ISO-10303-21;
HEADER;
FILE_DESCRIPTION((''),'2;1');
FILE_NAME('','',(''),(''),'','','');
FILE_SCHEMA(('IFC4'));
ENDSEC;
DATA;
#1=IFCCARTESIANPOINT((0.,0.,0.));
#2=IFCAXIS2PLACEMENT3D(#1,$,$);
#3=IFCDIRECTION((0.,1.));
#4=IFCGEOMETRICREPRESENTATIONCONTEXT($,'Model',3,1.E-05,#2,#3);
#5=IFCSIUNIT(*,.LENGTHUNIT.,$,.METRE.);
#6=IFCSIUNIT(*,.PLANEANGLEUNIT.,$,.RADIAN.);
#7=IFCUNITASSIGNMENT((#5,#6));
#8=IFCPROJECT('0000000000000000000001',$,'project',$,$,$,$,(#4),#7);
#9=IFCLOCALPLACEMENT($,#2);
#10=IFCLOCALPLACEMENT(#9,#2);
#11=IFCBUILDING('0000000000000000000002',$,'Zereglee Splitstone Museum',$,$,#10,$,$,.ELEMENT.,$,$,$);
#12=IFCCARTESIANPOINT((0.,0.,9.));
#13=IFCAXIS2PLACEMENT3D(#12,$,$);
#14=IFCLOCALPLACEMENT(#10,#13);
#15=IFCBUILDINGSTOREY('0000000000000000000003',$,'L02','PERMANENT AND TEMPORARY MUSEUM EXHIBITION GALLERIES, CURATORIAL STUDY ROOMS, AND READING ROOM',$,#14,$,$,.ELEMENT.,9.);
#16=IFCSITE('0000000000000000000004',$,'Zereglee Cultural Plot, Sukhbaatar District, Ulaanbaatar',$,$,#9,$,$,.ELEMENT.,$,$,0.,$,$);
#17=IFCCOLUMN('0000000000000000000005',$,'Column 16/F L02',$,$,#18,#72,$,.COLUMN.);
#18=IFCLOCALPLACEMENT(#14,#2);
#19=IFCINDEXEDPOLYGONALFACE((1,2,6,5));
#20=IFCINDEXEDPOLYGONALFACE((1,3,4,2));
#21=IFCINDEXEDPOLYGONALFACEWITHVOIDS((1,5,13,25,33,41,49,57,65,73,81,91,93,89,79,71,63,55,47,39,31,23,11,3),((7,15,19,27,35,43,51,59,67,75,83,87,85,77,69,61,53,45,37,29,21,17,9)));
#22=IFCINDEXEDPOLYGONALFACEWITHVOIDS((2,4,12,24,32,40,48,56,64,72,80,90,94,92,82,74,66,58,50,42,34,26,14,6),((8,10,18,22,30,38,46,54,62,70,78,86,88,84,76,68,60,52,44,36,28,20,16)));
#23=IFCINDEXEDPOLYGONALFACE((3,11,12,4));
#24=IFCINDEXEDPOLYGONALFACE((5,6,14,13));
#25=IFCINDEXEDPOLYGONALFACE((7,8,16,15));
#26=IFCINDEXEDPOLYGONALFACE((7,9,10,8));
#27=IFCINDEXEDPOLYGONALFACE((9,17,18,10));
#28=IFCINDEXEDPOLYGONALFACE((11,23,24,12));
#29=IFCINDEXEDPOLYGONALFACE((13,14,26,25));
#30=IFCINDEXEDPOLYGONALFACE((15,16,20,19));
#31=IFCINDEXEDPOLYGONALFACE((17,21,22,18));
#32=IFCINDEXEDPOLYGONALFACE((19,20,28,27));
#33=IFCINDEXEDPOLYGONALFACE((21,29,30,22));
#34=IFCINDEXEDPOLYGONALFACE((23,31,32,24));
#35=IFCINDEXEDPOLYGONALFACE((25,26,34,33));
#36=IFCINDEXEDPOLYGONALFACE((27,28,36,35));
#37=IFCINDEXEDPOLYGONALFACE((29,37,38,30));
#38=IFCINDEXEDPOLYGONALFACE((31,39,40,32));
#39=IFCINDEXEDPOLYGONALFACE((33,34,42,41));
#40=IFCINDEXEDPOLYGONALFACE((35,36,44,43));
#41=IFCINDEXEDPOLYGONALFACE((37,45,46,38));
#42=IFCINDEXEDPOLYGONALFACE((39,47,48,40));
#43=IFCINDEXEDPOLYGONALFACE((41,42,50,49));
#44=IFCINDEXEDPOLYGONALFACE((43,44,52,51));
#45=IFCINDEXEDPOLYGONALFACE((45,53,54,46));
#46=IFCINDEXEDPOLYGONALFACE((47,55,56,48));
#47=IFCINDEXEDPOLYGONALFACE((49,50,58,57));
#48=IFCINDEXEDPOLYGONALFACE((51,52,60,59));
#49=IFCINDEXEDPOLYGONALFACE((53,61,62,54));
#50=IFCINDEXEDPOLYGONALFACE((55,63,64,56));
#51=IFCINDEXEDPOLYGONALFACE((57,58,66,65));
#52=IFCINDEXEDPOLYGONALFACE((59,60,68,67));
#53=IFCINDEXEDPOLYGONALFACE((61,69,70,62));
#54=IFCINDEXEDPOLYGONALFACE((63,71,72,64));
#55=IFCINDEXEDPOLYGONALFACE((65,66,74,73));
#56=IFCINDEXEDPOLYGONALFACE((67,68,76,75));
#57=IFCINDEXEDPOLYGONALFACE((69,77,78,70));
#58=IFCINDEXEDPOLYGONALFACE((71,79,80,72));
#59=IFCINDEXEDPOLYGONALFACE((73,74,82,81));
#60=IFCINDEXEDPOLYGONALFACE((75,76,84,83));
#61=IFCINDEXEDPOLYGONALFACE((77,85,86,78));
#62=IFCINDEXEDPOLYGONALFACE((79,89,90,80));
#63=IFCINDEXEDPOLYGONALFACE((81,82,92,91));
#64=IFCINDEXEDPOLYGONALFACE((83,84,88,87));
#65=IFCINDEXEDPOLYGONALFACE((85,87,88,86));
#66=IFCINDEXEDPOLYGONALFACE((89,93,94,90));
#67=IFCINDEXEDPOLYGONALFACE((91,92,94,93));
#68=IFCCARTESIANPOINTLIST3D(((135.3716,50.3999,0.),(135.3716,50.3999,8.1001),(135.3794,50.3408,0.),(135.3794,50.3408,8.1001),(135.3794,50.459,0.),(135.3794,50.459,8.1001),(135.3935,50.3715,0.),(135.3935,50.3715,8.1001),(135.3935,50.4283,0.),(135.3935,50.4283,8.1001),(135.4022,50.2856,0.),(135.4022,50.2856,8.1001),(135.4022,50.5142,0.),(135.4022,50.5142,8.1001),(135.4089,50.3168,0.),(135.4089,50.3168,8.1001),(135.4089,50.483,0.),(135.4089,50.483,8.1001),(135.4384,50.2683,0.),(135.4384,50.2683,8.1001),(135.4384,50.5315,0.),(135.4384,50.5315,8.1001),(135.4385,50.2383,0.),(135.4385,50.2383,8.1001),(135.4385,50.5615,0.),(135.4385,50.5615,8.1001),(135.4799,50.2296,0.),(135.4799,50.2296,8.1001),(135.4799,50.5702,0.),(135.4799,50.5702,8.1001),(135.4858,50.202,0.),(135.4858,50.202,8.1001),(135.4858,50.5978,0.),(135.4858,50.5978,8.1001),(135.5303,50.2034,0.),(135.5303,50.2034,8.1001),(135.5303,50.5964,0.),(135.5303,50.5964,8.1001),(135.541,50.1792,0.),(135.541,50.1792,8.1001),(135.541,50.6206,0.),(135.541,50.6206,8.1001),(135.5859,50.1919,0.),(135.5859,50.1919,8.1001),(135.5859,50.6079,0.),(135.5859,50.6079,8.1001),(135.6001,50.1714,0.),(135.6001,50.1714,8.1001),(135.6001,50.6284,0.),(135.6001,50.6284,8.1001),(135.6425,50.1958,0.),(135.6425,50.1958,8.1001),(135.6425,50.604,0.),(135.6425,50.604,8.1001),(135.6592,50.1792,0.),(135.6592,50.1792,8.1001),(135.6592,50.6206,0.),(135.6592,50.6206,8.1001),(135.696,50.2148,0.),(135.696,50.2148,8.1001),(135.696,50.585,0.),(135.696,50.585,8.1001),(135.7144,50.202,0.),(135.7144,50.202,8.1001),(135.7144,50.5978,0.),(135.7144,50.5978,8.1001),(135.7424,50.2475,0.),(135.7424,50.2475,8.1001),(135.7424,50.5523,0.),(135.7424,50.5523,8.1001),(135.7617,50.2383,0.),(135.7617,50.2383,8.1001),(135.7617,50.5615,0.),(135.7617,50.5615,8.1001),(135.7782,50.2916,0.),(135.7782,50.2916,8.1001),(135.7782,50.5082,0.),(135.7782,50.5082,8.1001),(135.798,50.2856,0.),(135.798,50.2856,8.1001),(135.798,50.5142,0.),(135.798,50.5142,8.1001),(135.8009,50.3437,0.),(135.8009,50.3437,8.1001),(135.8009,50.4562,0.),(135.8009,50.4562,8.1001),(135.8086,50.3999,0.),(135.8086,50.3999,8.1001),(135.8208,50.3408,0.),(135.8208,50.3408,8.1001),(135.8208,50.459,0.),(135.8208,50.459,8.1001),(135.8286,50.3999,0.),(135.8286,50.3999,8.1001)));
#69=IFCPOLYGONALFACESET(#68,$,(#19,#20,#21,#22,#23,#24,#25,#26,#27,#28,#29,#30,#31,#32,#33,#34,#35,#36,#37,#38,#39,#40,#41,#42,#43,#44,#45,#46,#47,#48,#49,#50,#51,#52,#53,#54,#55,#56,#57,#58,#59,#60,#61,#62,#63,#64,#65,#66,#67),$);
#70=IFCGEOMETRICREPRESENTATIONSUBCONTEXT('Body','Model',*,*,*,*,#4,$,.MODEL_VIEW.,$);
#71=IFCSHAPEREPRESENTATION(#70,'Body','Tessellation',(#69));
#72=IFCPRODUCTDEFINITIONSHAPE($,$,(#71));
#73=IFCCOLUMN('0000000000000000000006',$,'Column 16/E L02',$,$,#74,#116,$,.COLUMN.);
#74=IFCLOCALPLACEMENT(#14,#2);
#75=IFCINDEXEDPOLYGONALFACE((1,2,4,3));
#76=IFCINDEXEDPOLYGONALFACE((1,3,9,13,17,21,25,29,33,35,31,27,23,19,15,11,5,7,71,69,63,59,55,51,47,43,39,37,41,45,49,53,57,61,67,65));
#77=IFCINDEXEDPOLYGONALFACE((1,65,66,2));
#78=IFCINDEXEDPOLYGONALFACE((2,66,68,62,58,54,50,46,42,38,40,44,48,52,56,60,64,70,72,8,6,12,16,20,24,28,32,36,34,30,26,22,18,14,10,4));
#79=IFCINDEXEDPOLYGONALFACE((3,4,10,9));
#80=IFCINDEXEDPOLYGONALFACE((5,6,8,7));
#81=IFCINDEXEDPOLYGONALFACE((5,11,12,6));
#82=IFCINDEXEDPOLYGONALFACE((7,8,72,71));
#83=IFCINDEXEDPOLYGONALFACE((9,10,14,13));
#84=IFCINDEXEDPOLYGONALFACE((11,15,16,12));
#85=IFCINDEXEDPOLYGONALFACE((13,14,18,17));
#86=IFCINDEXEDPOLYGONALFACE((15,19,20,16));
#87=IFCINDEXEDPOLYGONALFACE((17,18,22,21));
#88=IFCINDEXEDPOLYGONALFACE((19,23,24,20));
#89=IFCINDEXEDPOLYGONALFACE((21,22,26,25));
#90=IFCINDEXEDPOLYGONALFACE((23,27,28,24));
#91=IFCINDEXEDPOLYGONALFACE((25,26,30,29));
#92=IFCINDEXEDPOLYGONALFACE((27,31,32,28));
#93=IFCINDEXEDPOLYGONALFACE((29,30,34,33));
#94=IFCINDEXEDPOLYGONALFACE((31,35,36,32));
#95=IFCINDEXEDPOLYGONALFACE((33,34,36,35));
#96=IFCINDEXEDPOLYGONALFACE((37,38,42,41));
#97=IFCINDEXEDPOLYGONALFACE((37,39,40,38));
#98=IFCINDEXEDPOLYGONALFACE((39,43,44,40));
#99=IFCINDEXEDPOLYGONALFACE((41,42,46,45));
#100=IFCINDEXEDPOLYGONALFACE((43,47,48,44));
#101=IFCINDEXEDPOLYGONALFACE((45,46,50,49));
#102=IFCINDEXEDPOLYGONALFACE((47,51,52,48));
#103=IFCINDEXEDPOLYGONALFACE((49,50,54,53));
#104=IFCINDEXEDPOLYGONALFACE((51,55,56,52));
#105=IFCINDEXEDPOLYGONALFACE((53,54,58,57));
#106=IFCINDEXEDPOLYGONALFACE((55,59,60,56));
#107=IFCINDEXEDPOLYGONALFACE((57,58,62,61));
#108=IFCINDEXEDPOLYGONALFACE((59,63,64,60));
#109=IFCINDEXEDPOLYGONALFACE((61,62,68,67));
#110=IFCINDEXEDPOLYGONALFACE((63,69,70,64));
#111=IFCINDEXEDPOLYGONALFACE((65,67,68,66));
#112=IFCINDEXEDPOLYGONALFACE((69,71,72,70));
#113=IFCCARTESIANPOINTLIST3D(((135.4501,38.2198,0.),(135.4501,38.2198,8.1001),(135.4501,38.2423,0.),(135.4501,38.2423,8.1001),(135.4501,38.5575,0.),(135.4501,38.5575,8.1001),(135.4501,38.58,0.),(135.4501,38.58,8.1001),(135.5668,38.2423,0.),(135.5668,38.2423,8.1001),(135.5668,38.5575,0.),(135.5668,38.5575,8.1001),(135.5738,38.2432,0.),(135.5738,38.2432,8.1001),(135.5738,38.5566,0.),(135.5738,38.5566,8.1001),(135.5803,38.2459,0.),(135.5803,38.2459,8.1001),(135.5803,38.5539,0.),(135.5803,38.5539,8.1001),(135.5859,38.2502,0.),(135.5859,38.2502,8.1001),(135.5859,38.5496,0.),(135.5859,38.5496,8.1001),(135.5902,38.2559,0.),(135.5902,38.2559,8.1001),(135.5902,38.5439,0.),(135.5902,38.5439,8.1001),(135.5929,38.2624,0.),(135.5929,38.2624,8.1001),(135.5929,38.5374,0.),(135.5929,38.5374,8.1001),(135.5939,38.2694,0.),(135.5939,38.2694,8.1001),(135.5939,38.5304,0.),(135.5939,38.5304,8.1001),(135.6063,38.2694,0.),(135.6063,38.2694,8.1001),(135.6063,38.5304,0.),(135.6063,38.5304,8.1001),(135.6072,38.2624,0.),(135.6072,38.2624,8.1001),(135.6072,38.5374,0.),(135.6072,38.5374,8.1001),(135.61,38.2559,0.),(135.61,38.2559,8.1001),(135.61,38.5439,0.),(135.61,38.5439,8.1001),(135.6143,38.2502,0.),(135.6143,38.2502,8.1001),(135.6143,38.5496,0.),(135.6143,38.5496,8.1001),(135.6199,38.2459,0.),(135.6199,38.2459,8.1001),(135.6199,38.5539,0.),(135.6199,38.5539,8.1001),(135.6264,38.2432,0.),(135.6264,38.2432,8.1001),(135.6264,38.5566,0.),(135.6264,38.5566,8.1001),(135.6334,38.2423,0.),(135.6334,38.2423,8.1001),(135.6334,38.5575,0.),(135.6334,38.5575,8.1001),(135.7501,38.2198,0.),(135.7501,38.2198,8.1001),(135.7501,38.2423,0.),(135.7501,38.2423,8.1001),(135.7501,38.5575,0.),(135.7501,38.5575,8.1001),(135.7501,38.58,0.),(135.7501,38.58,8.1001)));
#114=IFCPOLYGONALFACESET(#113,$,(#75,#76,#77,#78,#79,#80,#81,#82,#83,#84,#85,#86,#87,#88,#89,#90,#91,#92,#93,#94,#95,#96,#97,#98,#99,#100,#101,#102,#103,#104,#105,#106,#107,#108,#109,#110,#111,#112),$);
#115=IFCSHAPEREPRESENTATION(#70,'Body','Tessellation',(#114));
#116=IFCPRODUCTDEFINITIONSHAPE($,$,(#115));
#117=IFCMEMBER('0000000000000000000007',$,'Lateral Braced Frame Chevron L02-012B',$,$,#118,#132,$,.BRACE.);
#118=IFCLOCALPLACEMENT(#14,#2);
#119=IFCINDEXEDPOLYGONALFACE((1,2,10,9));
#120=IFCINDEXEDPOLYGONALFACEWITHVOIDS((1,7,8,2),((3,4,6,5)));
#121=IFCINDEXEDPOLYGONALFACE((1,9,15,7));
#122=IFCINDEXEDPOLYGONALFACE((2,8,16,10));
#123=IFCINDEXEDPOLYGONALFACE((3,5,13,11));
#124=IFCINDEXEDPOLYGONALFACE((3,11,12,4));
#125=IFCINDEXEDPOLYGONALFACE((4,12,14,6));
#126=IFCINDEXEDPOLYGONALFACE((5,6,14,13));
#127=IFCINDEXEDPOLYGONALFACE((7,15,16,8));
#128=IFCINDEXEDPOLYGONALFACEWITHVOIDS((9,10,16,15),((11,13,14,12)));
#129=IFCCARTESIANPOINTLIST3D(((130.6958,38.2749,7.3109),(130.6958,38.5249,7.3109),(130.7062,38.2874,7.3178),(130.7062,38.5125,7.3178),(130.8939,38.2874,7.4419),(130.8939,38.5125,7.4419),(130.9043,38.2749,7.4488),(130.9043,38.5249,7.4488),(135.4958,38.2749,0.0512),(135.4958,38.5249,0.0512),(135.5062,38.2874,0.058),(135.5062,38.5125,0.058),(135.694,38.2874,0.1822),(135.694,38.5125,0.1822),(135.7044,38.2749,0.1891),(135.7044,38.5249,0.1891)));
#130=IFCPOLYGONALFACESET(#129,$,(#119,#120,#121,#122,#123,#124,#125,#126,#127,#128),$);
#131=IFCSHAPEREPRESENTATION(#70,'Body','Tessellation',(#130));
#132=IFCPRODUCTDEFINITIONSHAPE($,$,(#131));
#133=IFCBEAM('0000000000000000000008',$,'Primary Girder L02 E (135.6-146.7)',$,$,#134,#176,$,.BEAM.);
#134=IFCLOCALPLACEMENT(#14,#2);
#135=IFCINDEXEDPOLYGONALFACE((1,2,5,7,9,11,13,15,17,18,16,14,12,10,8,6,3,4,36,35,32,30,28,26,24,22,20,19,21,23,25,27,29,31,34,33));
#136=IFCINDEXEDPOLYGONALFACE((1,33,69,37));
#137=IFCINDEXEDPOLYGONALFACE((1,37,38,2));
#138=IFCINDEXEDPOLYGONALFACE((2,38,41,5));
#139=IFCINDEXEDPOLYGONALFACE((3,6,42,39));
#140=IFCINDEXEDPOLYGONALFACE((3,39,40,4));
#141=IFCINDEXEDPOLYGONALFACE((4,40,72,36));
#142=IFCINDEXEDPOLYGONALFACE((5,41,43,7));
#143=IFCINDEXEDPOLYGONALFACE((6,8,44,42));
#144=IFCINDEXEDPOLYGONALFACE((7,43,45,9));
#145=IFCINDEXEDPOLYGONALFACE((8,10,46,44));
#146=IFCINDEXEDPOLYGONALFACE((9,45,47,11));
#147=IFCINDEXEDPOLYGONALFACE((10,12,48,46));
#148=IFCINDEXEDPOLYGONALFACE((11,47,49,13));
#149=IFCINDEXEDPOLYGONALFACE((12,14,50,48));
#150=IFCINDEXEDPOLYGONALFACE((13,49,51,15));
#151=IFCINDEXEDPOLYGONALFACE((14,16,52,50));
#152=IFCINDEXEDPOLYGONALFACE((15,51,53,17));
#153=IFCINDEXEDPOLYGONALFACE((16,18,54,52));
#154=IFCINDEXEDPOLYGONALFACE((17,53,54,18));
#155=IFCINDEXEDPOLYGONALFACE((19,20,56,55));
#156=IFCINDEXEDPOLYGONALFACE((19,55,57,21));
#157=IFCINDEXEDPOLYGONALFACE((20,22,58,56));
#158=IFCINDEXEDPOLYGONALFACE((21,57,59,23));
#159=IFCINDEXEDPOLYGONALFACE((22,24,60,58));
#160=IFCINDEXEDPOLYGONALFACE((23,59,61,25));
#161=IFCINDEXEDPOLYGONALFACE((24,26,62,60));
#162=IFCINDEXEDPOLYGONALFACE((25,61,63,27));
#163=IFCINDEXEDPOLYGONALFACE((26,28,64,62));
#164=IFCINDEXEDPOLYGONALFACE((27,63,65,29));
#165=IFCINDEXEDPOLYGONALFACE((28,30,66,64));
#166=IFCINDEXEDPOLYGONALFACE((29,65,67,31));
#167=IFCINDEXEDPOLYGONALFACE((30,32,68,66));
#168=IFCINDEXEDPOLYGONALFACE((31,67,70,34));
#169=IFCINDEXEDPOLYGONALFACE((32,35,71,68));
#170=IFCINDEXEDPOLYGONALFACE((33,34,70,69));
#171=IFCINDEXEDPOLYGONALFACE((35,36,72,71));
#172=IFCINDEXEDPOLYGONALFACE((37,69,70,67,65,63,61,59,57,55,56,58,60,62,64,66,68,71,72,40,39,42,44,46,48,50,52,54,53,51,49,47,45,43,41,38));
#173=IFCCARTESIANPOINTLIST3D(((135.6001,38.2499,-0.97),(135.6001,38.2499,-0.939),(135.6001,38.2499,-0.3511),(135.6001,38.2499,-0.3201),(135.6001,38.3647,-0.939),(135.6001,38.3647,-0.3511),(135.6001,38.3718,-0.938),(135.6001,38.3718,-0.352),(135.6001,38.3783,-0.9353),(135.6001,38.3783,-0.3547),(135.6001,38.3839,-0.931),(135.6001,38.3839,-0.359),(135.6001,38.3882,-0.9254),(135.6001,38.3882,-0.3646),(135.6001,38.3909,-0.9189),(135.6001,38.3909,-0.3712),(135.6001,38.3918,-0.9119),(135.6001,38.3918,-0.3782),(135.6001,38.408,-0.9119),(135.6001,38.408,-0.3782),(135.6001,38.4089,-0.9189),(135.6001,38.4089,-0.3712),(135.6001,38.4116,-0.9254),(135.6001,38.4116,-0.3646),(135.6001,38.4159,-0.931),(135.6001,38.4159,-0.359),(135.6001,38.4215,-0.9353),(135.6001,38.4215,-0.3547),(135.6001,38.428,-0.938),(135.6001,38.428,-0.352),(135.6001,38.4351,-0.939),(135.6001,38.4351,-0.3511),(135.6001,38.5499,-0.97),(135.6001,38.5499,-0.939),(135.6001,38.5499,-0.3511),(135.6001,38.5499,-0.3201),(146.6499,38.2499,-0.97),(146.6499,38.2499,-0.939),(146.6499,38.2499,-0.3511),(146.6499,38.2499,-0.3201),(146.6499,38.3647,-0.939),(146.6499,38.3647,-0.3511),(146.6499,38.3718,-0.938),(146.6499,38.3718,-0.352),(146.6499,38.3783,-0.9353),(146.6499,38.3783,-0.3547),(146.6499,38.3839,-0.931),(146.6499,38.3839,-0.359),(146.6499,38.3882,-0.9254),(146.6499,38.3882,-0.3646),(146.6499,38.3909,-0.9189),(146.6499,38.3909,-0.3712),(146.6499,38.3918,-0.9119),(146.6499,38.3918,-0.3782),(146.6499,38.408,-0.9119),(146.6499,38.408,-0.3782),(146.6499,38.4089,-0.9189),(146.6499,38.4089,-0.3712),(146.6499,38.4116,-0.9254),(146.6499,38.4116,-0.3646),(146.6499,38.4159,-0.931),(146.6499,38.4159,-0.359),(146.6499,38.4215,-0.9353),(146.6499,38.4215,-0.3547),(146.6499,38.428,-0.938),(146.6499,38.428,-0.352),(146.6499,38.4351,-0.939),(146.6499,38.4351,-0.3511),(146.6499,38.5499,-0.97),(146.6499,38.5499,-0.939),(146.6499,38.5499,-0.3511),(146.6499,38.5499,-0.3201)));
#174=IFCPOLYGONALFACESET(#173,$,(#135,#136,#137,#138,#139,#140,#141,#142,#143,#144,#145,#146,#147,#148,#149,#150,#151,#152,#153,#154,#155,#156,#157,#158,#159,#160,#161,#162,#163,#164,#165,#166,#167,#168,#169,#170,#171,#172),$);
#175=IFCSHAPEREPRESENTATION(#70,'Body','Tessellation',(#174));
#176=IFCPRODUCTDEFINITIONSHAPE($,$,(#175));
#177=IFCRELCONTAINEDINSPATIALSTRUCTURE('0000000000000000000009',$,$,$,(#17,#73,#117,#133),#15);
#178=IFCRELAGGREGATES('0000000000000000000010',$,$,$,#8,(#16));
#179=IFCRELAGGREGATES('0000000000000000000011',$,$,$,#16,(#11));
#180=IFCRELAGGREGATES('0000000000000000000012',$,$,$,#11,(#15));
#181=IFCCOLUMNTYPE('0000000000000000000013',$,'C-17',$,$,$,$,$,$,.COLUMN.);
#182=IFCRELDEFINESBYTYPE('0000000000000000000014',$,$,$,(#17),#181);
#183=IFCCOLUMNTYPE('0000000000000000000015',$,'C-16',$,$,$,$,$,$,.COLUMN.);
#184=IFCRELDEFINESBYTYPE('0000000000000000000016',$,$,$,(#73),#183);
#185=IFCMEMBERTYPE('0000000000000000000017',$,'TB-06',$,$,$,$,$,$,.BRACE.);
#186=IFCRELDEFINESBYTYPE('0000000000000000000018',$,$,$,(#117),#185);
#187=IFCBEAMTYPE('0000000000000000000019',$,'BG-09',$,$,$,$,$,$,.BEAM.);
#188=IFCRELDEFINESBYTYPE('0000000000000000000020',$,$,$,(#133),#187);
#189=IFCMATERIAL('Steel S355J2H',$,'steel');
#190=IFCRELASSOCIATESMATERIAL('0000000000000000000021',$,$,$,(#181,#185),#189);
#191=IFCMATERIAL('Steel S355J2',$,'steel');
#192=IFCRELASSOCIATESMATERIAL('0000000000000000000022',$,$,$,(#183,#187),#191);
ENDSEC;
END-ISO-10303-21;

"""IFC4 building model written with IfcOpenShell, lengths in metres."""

from ifc_helpers import new_model, si_unit, direction, frame, origin, origin_2d, place, context, subcontext, project, spatial, hollow_rectangle, hollow_circle, i_section, extrude, material, material_profile, profile_set, type_object, element, save


model = new_model("IFC4")

# Units and contexts
model_context = context("Model", 3, precision=1e-05, world=origin(), true_north=direction((0.0, 1.0)))
body_context = subcontext(model_context, "Body", "Model", "MODEL_VIEW")
ifc_project = project(units=[si_unit("LENGTHUNIT", "METRE"), si_unit("PLANEANGLEUNIT", "RADIAN")], contexts=[model_context])

# Site, building, storey
site_placement = place(None, origin())
site = spatial("IfcSite", under=ifc_project, at=site_placement, Name="Zereglee Cultural Plot, Sukhbaatar District, Ulaanbaatar", CompositionType="ELEMENT", RefElevation=0.0)
building_placement = place(site_placement, origin())
building = spatial("IfcBuilding", under=site, at=building_placement, Name="Zereglee Splitstone Museum", CompositionType="ELEMENT")
storey_placement = place(building_placement, frame((0.0, 0.0, 9.0)))
storey = spatial("IfcBuildingStorey", under=building, at=storey_placement, Name="L02", Description="PERMANENT AND TEMPORARY MUSEUM EXHIBITION GALLERIES, CURATORIAL STUDY ROOMS, AND READING ROOM", CompositionType="ELEMENT", Elevation=9.0)

# Columns
ifc_material_1 = material(Name="Steel S355J2H", Category="steel")
ifc_material_profile_1 = material_profile(ifc_material_1, hollow_circle(Radius=0.2285, WallThickness=0.02, at=origin_2d()), Name="CHS 457.0x20")
ifc_profile_set_1 = profile_set([ifc_material_profile_1], Name="Steel S355J2H")
column_type_1 = type_object("IfcColumnType", Name="C-17", PredefinedType="COLUMN", material=ifc_profile_set_1)
column_1_placement = place(storey_placement, frame((135.6001, 50.3999, 0.0), z_axis=(0.0, 0.0, 1.0), x_axis=(1.0, 0.0, 0.0)))
element("IfcColumn", 1, at=column_1_placement, inside=storey, type_object=column_type_1, Name="Column 16/F L02", PredefinedType="COLUMN", context=body_context, shape_type="SweptSolid", body=[
    extrude(hollow_circle(Radius=0.2285, WallThickness=0.02, at=origin_2d()), origin(), (0.0, 0.0, 1.0), 8.1001),
])
ifc_material_2 = material(Name="Steel S355J2", Category="steel")
ifc_material_profile_2 = material_profile(ifc_material_2, i_section(OverallWidth=0.3, OverallDepth=0.3601, WebThickness=0.0125, FlangeThickness=0.0225, FilletRadius=0.0271, at=origin_2d()), Name="HE 360 B")
ifc_profile_set_2 = profile_set([ifc_material_profile_2], Name="Steel S355J2")
column_type_2 = type_object("IfcColumnType", Name="C-16", PredefinedType="COLUMN", material=ifc_profile_set_2)
column_2_placement = place(storey_placement, frame((135.6001, 38.3999, 0.0), z_axis=(0.0, 0.0, 1.0), x_axis=(1.0, 0.0, 0.0)))
element("IfcColumn", 2, at=column_2_placement, inside=storey, type_object=column_type_2, Name="Column 16/E L02", PredefinedType="COLUMN", context=body_context, shape_type="SweptSolid", body=[
    extrude(i_section(OverallWidth=0.3, OverallDepth=0.3601, WebThickness=0.0125, FlangeThickness=0.0225, FilletRadius=0.0271, at=origin_2d()), origin(), (0.0, 0.0, 1.0), 8.1001),
])

# Member
ifc_material_profile_3 = material_profile(ifc_material_1, hollow_rectangle(XDim=0.25, YDim=0.25, WallThickness=0.0125, at=origin_2d()), Name="SHS 250x250x12.5")
ifc_profile_set_3 = profile_set([ifc_material_profile_3], Name="Steel S355J2H")
member_type_1 = type_object("IfcMemberType", Name="TB-06", PredefinedType="BRACE", material=ifc_profile_set_3)
member_1_placement = place(storey_placement, frame((135.6001, 38.3999, 0.1201), z_axis=(-0.551531, 0.0, 0.834155), x_axis=(0.0, -1.0, 0.0)))
element("IfcMember", 3, at=member_1_placement, inside=storey, type_object=member_type_1, Name="Lateral Braced Frame Chevron L02-012B", PredefinedType="BRACE", context=body_context, shape_type="SweptSolid", body=[
    extrude(hollow_rectangle(XDim=0.25, YDim=0.25, WallThickness=0.0125, at=origin_2d()), origin(), (0.0, 0.0, 1.0), 8.7031),
])

# Beam
ifc_material_profile_4 = material_profile(ifc_material_2, i_section(OverallWidth=0.3, OverallDepth=0.6499, WebThickness=0.0161, FlangeThickness=0.031, FilletRadius=0.0271, at=origin_2d()), Name="HE 650 B")
ifc_profile_set_4 = profile_set([ifc_material_profile_4], Name="Steel S355J2")
beam_type_1 = type_object("IfcBeamType", Name="BG-09", PredefinedType="BEAM", material=ifc_profile_set_4)
for number, where, z_axis, x_axis, name in (
    (4, (135.6001, 38.3999, -0.645), (1.0, 0.0, 0.0), (0.0, 1.0, 0.0), "Primary Girder L02 E (135.6-146.7)"),
):
    element("IfcBeam", number, at=place(storey_placement, frame(where, z_axis=z_axis, x_axis=x_axis)), inside=storey, type_object=beam_type_1, Name=name, PredefinedType="BEAM", context=body_context, shape_type="SweptSolid", body=[
        extrude(i_section(OverallWidth=0.3, OverallDepth=0.6499, WebThickness=0.0161, FlangeThickness=0.031, FilletRadius=0.0271, at=origin_2d()), origin(), (0.0, 0.0, 1.0), 11.0498),
    ])

save(model, "model.ifc")
